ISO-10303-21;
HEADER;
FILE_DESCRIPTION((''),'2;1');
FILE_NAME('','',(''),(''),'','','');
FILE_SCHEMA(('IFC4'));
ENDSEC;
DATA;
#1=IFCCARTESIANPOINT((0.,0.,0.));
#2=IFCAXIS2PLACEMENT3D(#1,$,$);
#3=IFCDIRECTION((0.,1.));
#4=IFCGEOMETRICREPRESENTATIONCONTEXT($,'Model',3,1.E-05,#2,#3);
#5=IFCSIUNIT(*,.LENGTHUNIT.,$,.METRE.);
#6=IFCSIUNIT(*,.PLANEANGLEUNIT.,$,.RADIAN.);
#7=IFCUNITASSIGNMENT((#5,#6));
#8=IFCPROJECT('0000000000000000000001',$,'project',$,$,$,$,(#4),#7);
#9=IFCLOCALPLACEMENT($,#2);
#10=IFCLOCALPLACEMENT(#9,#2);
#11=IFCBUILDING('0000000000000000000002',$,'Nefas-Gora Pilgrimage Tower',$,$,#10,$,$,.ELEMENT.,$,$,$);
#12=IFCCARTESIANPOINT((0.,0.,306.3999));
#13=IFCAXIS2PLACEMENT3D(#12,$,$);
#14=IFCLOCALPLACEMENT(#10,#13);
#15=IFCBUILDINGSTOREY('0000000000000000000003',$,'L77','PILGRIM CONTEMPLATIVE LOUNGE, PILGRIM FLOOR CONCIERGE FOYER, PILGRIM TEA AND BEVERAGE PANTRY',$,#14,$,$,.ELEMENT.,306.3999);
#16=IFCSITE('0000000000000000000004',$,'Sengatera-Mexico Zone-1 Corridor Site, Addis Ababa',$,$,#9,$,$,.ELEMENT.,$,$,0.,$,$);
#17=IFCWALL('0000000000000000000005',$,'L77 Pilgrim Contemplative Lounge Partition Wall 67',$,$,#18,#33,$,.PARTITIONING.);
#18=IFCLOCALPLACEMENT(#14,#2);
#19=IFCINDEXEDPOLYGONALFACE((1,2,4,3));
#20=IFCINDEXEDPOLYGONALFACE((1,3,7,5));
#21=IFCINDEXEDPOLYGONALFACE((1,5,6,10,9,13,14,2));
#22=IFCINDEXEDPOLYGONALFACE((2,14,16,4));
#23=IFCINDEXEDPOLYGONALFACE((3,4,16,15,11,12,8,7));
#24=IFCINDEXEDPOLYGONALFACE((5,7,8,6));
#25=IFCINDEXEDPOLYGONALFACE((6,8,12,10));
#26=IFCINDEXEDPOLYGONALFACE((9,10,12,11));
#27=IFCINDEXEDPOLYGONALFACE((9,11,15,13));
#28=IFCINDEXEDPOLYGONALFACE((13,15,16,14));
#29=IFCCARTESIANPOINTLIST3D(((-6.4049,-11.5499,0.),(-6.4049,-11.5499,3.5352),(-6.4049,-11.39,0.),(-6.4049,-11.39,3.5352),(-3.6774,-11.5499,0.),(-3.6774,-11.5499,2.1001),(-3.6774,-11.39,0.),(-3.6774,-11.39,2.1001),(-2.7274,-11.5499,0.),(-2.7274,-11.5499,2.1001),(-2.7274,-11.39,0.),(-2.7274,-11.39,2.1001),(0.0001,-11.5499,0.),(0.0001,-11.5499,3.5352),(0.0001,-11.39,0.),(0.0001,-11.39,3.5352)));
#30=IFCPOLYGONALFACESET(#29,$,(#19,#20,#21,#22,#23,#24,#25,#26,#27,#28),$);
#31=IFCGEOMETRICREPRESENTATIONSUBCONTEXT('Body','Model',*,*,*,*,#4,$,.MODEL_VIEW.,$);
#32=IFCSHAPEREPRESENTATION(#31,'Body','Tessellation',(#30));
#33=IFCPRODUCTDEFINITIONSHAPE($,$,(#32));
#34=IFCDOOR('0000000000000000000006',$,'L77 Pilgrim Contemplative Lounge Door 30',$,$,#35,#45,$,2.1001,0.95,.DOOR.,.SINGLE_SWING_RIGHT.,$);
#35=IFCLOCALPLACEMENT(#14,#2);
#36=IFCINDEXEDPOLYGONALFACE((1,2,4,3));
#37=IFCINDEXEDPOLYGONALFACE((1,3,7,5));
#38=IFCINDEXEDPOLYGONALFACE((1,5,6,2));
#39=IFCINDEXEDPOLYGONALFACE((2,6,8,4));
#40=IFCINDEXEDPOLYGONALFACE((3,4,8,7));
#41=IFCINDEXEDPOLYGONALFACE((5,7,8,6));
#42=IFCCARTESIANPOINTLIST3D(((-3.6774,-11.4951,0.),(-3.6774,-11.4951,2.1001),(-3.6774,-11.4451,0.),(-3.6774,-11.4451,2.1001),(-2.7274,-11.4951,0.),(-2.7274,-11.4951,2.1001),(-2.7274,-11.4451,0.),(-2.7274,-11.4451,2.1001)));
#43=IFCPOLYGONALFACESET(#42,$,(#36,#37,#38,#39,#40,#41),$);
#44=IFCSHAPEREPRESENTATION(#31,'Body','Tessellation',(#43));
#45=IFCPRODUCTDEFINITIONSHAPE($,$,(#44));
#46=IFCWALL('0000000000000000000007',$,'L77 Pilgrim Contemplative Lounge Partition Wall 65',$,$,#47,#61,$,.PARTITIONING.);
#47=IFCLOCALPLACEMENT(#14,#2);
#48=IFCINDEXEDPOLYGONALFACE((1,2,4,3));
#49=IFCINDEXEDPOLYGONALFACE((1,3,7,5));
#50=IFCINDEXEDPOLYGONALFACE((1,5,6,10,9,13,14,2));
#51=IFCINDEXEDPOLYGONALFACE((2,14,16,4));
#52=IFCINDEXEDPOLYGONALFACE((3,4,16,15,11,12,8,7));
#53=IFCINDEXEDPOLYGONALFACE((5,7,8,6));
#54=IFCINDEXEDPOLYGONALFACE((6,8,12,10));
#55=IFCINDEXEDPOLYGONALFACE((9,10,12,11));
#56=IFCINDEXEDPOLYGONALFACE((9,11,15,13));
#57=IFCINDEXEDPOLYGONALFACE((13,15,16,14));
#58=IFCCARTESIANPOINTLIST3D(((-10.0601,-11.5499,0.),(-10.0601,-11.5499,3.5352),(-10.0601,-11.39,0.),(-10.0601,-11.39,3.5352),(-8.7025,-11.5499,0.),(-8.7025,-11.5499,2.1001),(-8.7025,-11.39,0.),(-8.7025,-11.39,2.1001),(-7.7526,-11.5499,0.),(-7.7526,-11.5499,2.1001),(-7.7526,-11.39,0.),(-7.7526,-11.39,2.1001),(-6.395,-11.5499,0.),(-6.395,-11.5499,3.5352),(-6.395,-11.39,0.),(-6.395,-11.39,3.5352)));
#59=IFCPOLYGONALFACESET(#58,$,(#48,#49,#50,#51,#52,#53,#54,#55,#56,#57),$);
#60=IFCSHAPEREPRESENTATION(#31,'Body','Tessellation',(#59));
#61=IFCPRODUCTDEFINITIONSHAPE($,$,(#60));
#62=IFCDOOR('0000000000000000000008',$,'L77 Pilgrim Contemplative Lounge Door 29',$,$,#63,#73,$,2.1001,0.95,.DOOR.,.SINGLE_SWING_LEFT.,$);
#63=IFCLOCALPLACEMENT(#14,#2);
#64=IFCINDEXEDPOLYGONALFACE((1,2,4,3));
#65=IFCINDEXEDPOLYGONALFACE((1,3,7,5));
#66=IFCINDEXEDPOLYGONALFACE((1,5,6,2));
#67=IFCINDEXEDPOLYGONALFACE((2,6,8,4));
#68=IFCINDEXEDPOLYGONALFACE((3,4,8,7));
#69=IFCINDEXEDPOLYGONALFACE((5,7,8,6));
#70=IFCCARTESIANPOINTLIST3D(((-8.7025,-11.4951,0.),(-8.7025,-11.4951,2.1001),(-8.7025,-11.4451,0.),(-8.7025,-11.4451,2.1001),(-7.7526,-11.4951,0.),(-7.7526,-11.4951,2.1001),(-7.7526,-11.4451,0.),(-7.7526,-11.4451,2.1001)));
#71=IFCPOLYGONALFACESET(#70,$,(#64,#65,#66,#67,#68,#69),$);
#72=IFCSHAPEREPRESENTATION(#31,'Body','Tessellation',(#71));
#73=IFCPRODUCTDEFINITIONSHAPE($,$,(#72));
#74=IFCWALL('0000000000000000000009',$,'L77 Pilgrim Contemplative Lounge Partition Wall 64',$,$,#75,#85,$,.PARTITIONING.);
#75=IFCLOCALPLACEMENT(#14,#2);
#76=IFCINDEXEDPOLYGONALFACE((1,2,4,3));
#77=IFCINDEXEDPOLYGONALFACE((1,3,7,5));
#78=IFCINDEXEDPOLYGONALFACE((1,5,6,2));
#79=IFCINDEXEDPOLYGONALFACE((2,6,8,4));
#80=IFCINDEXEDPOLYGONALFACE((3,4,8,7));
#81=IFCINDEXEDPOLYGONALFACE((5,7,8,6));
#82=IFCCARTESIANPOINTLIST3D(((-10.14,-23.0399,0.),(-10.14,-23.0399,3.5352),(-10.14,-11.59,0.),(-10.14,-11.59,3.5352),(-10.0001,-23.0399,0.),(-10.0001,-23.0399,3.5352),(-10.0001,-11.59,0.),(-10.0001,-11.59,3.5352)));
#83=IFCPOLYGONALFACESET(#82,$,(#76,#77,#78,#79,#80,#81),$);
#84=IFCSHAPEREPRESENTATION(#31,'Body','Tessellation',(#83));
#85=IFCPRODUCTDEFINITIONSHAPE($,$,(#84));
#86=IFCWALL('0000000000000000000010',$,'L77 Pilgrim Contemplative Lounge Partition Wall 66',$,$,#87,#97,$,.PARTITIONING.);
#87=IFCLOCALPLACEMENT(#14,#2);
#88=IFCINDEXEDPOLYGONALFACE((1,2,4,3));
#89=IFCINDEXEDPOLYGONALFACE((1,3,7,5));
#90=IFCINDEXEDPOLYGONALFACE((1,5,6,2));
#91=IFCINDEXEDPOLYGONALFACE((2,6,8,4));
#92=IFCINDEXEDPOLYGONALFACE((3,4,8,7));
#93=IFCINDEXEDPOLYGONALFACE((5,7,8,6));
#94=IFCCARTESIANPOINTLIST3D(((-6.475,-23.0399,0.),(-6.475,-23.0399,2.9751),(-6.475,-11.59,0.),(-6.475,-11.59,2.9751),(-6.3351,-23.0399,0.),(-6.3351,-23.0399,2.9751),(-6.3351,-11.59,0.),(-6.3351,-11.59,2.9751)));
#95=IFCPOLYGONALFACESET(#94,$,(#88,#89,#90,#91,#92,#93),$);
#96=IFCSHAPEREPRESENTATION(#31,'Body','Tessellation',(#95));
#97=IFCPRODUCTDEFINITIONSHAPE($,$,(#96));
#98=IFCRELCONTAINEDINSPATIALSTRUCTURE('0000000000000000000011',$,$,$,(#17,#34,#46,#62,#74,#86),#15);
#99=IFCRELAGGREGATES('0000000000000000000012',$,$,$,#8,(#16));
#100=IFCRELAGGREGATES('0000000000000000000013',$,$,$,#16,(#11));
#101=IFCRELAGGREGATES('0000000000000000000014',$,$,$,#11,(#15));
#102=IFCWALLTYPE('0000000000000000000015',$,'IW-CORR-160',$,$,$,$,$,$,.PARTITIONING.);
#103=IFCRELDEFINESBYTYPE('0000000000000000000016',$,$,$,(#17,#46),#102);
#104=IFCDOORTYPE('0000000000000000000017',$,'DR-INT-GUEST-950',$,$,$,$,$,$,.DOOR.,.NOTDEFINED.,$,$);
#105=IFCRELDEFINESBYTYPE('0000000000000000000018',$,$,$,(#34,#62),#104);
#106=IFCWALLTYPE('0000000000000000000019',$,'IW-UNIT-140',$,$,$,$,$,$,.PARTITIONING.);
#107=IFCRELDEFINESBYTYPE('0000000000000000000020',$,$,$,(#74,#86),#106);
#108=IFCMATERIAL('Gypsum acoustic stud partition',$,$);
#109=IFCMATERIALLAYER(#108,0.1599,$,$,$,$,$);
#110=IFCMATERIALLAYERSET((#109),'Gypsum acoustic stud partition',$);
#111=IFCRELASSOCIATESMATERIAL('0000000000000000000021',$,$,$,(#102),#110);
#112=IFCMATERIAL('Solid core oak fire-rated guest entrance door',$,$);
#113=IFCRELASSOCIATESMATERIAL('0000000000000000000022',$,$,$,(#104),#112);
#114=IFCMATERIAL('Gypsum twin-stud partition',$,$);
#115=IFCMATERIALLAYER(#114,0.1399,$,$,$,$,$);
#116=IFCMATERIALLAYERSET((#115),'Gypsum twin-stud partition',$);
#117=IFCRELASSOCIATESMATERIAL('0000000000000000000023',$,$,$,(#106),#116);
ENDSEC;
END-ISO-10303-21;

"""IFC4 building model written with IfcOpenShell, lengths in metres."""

from ifc_helpers import new_model, si_unit, direction, frame, frame_2d, origin, place, context, subcontext, project, spatial, rectangle, extrude, source, transform, mapped, material, layer, layer_set, type_object, element, fill, save


model = new_model("IFC4")

# Units and contexts
model_context = context("Model", 3, precision=1e-05, world=origin(), true_north=direction((0.0, 1.0)))
body_context = subcontext(model_context, "Body", "Model", "MODEL_VIEW")
ifc_project = project(units=[si_unit("LENGTHUNIT", "METRE"), si_unit("PLANEANGLEUNIT", "RADIAN")], contexts=[model_context])

# Site, building, storey
site_placement = place(None, origin())
site = spatial("IfcSite", under=ifc_project, at=site_placement, Name="Sengatera-Mexico Zone-1 Corridor Site, Addis Ababa", CompositionType="ELEMENT", RefElevation=0.0)
building_placement = place(site_placement, origin())
building = spatial("IfcBuilding", under=site, at=building_placement, Name="Nefas-Gora Pilgrimage Tower", CompositionType="ELEMENT")
storey_placement = place(building_placement, frame((0.0, 0.0, 306.3999)))
storey = spatial("IfcBuildingStorey", under=building, at=storey_placement, Name="L77", Description="PILGRIM CONTEMPLATIVE LOUNGE, PILGRIM FLOOR CONCIERGE FOYER, PILGRIM TEA AND BEVERAGE PANTRY", CompositionType="ELEMENT", Elevation=306.3999)

# Walls, openings, doors
ifc_material_1 = material(Name="Gypsum acoustic stud partition")
ifc_layer_1 = layer(ifc_material_1, 0.1599)
ifc_layer_set_1 = layer_set([ifc_layer_1], Name="Gypsum acoustic stud partition")
wall_type_1 = type_object("IfcWallType", Name="IW-CORR-160", PredefinedType="PARTITIONING", material=ifc_layer_set_1)
shared_shape_1 = source(origin(), body_context, "Body", "SweptSolid", [
    extrude(rectangle(XDim=6.405, YDim=0.1599, at=frame_2d((3.2026, 0.0))), origin(), (0.0, 0.0, 1.0), 3.5352),
])
wall_1_placement = place(storey_placement, frame((-6.405, -11.47, 0.0), z_axis=(0.0, 0.0, 1.0), x_axis=(1.0, 0.0, 0.0)))
wall_1 = element("IfcWall", 1, at=wall_1_placement, inside=storey, type_object=wall_type_1, Name="L77 Pilgrim Contemplative Lounge Partition Wall 67", PredefinedType="PARTITIONING", context=body_context, shape_type="MappedRepresentation", body=[
    mapped(shared_shape_1, transform((0.0, 0.0, 0.0), x_axis=(1.0, 0.0, 0.0), y_axis=(0.0, 1.0, 0.0), z_axis=(0.0, 0.0, 1.0), scale=1.0)),
])
opening_1_placement = place(wall_1_placement, frame((2.7275, 0.0, 0.0)))
opening_1 = element("IfcOpeningElement", 2, at=opening_1_placement, cuts=wall_1, PredefinedType="OPENING", context=body_context, shape_type="SweptSolid", body=[
    extrude(rectangle(XDim=0.95, YDim=2.1001, at=frame_2d((0.4751, 1.05))), frame((0.0, 0.0898, 0.0), z_axis=(0.0, -1.0, 0.0), x_axis=(1.0, 0.0, 0.0)), (0.0, 0.0, 1.0), 0.1799),
])
ifc_material_2 = material(Name="Solid core oak fire-rated guest entrance door")
door_type = type_object("IfcDoorType", Name="DR-INT-GUEST-950", OperationType="NOTDEFINED", PredefinedType="DOOR", material=ifc_material_2)
shared_shape_2 = source(origin(), body_context, "Body", "SweptSolid", [
    extrude(rectangle(XDim=0.95, YDim=2.1001, at=frame_2d((0.4751, 1.05))), frame((0.0, 0.0249, 0.0), z_axis=(0.0, -1.0, 0.0), x_axis=(1.0, 0.0, 0.0)), (0.0, 0.0, 1.0), 0.05),
])
door_1_placement = place(opening_1_placement, origin())
door_1 = element("IfcDoor", 3, at=door_1_placement, inside=storey, type_object=door_type, Name="L77 Pilgrim Contemplative Lounge Door 30", OperationType="SINGLE_SWING_RIGHT", OverallHeight=2.1001, OverallWidth=0.95, PredefinedType="DOOR", context=body_context, shape_type="MappedRepresentation", body=[
    mapped(shared_shape_2, transform((0.0, 0.0, 0.0), x_axis=(1.0, 0.0, 0.0), y_axis=(0.0, 1.0, 0.0), z_axis=(0.0, 0.0, 1.0), scale=1.0)),
])
fill(opening_1, door_1)
shared_shape_3 = source(origin(), body_context, "Body", "SweptSolid", [
    extrude(rectangle(XDim=3.665, YDim=0.1599, at=frame_2d((1.8325, 0.0))), origin(), (0.0, 0.0, 1.0), 3.5352),
])
wall_2_placement = place(storey_placement, frame((-10.0601, -11.47, 0.0), z_axis=(0.0, 0.0, 1.0), x_axis=(1.0, 0.0, 0.0)))
wall_2 = element("IfcWall", 4, at=wall_2_placement, inside=storey, type_object=wall_type_1, Name="L77 Pilgrim Contemplative Lounge Partition Wall 65", PredefinedType="PARTITIONING", context=body_context, shape_type="MappedRepresentation", body=[
    mapped(shared_shape_3, transform((0.0, 0.0, 0.0), x_axis=(1.0, 0.0, 0.0), y_axis=(0.0, 1.0, 0.0), z_axis=(0.0, 0.0, 1.0), scale=1.0)),
])
opening_2_placement = place(wall_2_placement, frame((1.3574, 0.0, 0.0)))
opening_2 = element("IfcOpeningElement", 5, at=opening_2_placement, cuts=wall_2, PredefinedType="OPENING", context=body_context, shape_type="SweptSolid", body=[
    extrude(rectangle(XDim=0.95, YDim=2.1001, at=frame_2d((0.4751, 1.05))), frame((0.0, 0.0898, 0.0), z_axis=(0.0, -1.0, 0.0), x_axis=(1.0, 0.0, 0.0)), (0.0, 0.0, 1.0), 0.1799),
])
door_2_placement = place(opening_2_placement, origin())
door_2 = element("IfcDoor", 6, at=door_2_placement, inside=storey, type_object=door_type, Name="L77 Pilgrim Contemplative Lounge Door 29", OperationType="SINGLE_SWING_LEFT", OverallHeight=2.1001, OverallWidth=0.95, PredefinedType="DOOR", context=body_context, shape_type="MappedRepresentation", body=[
    mapped(shared_shape_2, transform((0.0, 0.0, 0.0), x_axis=(1.0, 0.0, 0.0), y_axis=(0.0, 1.0, 0.0), z_axis=(0.0, 0.0, 1.0), scale=1.0)),
])
fill(opening_2, door_2)

# Walls
ifc_material_3 = material(Name="Gypsum twin-stud partition")
ifc_layer_2 = layer(ifc_material_3, 0.1399)
ifc_layer_set_2 = layer_set([ifc_layer_2], Name="Gypsum twin-stud partition")
wall_type_2 = type_object("IfcWallType", Name="IW-UNIT-140", PredefinedType="PARTITIONING", material=ifc_layer_set_2)
shared_shape_4 = source(origin(), body_context, "Body", "SweptSolid", [
    extrude(rectangle(XDim=11.45, YDim=0.1399, at=frame_2d((5.7251, 0.0))), origin(), (0.0, 0.0, 1.0), 3.5352),
])
wall_3_placement = place(storey_placement, frame((-10.0701, -23.04, 0.0), z_axis=(0.0, 0.0, 1.0), x_axis=(0.0, 1.0, 0.0)))
element("IfcWall", 7, at=wall_3_placement, inside=storey, type_object=wall_type_2, Name="L77 Pilgrim Contemplative Lounge Partition Wall 64", PredefinedType="PARTITIONING", context=body_context, shape_type="MappedRepresentation", body=[
    mapped(shared_shape_4, transform((0.0, 0.0, 0.0), x_axis=(1.0, 0.0, 0.0), y_axis=(0.0, 1.0, 0.0), z_axis=(0.0, 0.0, 1.0), scale=1.0)),
])
shared_shape_5 = source(origin(), body_context, "Body", "SweptSolid", [
    extrude(rectangle(XDim=11.45, YDim=0.1399, at=frame_2d((5.7251, 0.0))), origin(), (0.0, 0.0, 1.0), 2.9751),
])
wall_4_placement = place(storey_placement, frame((-6.405, -23.04, 0.0), z_axis=(0.0, 0.0, 1.0), x_axis=(0.0, 1.0, 0.0)))
element("IfcWall", 8, at=wall_4_placement, inside=storey, type_object=wall_type_2, Name="L77 Pilgrim Contemplative Lounge Partition Wall 66", PredefinedType="PARTITIONING", context=body_context, shape_type="MappedRepresentation", body=[
    mapped(shared_shape_5, transform((0.0, 0.0, 0.0), x_axis=(1.0, 0.0, 0.0), y_axis=(0.0, 1.0, 0.0), z_axis=(0.0, 0.0, 1.0), scale=1.0)),
])

save(model, "model.ifc")
